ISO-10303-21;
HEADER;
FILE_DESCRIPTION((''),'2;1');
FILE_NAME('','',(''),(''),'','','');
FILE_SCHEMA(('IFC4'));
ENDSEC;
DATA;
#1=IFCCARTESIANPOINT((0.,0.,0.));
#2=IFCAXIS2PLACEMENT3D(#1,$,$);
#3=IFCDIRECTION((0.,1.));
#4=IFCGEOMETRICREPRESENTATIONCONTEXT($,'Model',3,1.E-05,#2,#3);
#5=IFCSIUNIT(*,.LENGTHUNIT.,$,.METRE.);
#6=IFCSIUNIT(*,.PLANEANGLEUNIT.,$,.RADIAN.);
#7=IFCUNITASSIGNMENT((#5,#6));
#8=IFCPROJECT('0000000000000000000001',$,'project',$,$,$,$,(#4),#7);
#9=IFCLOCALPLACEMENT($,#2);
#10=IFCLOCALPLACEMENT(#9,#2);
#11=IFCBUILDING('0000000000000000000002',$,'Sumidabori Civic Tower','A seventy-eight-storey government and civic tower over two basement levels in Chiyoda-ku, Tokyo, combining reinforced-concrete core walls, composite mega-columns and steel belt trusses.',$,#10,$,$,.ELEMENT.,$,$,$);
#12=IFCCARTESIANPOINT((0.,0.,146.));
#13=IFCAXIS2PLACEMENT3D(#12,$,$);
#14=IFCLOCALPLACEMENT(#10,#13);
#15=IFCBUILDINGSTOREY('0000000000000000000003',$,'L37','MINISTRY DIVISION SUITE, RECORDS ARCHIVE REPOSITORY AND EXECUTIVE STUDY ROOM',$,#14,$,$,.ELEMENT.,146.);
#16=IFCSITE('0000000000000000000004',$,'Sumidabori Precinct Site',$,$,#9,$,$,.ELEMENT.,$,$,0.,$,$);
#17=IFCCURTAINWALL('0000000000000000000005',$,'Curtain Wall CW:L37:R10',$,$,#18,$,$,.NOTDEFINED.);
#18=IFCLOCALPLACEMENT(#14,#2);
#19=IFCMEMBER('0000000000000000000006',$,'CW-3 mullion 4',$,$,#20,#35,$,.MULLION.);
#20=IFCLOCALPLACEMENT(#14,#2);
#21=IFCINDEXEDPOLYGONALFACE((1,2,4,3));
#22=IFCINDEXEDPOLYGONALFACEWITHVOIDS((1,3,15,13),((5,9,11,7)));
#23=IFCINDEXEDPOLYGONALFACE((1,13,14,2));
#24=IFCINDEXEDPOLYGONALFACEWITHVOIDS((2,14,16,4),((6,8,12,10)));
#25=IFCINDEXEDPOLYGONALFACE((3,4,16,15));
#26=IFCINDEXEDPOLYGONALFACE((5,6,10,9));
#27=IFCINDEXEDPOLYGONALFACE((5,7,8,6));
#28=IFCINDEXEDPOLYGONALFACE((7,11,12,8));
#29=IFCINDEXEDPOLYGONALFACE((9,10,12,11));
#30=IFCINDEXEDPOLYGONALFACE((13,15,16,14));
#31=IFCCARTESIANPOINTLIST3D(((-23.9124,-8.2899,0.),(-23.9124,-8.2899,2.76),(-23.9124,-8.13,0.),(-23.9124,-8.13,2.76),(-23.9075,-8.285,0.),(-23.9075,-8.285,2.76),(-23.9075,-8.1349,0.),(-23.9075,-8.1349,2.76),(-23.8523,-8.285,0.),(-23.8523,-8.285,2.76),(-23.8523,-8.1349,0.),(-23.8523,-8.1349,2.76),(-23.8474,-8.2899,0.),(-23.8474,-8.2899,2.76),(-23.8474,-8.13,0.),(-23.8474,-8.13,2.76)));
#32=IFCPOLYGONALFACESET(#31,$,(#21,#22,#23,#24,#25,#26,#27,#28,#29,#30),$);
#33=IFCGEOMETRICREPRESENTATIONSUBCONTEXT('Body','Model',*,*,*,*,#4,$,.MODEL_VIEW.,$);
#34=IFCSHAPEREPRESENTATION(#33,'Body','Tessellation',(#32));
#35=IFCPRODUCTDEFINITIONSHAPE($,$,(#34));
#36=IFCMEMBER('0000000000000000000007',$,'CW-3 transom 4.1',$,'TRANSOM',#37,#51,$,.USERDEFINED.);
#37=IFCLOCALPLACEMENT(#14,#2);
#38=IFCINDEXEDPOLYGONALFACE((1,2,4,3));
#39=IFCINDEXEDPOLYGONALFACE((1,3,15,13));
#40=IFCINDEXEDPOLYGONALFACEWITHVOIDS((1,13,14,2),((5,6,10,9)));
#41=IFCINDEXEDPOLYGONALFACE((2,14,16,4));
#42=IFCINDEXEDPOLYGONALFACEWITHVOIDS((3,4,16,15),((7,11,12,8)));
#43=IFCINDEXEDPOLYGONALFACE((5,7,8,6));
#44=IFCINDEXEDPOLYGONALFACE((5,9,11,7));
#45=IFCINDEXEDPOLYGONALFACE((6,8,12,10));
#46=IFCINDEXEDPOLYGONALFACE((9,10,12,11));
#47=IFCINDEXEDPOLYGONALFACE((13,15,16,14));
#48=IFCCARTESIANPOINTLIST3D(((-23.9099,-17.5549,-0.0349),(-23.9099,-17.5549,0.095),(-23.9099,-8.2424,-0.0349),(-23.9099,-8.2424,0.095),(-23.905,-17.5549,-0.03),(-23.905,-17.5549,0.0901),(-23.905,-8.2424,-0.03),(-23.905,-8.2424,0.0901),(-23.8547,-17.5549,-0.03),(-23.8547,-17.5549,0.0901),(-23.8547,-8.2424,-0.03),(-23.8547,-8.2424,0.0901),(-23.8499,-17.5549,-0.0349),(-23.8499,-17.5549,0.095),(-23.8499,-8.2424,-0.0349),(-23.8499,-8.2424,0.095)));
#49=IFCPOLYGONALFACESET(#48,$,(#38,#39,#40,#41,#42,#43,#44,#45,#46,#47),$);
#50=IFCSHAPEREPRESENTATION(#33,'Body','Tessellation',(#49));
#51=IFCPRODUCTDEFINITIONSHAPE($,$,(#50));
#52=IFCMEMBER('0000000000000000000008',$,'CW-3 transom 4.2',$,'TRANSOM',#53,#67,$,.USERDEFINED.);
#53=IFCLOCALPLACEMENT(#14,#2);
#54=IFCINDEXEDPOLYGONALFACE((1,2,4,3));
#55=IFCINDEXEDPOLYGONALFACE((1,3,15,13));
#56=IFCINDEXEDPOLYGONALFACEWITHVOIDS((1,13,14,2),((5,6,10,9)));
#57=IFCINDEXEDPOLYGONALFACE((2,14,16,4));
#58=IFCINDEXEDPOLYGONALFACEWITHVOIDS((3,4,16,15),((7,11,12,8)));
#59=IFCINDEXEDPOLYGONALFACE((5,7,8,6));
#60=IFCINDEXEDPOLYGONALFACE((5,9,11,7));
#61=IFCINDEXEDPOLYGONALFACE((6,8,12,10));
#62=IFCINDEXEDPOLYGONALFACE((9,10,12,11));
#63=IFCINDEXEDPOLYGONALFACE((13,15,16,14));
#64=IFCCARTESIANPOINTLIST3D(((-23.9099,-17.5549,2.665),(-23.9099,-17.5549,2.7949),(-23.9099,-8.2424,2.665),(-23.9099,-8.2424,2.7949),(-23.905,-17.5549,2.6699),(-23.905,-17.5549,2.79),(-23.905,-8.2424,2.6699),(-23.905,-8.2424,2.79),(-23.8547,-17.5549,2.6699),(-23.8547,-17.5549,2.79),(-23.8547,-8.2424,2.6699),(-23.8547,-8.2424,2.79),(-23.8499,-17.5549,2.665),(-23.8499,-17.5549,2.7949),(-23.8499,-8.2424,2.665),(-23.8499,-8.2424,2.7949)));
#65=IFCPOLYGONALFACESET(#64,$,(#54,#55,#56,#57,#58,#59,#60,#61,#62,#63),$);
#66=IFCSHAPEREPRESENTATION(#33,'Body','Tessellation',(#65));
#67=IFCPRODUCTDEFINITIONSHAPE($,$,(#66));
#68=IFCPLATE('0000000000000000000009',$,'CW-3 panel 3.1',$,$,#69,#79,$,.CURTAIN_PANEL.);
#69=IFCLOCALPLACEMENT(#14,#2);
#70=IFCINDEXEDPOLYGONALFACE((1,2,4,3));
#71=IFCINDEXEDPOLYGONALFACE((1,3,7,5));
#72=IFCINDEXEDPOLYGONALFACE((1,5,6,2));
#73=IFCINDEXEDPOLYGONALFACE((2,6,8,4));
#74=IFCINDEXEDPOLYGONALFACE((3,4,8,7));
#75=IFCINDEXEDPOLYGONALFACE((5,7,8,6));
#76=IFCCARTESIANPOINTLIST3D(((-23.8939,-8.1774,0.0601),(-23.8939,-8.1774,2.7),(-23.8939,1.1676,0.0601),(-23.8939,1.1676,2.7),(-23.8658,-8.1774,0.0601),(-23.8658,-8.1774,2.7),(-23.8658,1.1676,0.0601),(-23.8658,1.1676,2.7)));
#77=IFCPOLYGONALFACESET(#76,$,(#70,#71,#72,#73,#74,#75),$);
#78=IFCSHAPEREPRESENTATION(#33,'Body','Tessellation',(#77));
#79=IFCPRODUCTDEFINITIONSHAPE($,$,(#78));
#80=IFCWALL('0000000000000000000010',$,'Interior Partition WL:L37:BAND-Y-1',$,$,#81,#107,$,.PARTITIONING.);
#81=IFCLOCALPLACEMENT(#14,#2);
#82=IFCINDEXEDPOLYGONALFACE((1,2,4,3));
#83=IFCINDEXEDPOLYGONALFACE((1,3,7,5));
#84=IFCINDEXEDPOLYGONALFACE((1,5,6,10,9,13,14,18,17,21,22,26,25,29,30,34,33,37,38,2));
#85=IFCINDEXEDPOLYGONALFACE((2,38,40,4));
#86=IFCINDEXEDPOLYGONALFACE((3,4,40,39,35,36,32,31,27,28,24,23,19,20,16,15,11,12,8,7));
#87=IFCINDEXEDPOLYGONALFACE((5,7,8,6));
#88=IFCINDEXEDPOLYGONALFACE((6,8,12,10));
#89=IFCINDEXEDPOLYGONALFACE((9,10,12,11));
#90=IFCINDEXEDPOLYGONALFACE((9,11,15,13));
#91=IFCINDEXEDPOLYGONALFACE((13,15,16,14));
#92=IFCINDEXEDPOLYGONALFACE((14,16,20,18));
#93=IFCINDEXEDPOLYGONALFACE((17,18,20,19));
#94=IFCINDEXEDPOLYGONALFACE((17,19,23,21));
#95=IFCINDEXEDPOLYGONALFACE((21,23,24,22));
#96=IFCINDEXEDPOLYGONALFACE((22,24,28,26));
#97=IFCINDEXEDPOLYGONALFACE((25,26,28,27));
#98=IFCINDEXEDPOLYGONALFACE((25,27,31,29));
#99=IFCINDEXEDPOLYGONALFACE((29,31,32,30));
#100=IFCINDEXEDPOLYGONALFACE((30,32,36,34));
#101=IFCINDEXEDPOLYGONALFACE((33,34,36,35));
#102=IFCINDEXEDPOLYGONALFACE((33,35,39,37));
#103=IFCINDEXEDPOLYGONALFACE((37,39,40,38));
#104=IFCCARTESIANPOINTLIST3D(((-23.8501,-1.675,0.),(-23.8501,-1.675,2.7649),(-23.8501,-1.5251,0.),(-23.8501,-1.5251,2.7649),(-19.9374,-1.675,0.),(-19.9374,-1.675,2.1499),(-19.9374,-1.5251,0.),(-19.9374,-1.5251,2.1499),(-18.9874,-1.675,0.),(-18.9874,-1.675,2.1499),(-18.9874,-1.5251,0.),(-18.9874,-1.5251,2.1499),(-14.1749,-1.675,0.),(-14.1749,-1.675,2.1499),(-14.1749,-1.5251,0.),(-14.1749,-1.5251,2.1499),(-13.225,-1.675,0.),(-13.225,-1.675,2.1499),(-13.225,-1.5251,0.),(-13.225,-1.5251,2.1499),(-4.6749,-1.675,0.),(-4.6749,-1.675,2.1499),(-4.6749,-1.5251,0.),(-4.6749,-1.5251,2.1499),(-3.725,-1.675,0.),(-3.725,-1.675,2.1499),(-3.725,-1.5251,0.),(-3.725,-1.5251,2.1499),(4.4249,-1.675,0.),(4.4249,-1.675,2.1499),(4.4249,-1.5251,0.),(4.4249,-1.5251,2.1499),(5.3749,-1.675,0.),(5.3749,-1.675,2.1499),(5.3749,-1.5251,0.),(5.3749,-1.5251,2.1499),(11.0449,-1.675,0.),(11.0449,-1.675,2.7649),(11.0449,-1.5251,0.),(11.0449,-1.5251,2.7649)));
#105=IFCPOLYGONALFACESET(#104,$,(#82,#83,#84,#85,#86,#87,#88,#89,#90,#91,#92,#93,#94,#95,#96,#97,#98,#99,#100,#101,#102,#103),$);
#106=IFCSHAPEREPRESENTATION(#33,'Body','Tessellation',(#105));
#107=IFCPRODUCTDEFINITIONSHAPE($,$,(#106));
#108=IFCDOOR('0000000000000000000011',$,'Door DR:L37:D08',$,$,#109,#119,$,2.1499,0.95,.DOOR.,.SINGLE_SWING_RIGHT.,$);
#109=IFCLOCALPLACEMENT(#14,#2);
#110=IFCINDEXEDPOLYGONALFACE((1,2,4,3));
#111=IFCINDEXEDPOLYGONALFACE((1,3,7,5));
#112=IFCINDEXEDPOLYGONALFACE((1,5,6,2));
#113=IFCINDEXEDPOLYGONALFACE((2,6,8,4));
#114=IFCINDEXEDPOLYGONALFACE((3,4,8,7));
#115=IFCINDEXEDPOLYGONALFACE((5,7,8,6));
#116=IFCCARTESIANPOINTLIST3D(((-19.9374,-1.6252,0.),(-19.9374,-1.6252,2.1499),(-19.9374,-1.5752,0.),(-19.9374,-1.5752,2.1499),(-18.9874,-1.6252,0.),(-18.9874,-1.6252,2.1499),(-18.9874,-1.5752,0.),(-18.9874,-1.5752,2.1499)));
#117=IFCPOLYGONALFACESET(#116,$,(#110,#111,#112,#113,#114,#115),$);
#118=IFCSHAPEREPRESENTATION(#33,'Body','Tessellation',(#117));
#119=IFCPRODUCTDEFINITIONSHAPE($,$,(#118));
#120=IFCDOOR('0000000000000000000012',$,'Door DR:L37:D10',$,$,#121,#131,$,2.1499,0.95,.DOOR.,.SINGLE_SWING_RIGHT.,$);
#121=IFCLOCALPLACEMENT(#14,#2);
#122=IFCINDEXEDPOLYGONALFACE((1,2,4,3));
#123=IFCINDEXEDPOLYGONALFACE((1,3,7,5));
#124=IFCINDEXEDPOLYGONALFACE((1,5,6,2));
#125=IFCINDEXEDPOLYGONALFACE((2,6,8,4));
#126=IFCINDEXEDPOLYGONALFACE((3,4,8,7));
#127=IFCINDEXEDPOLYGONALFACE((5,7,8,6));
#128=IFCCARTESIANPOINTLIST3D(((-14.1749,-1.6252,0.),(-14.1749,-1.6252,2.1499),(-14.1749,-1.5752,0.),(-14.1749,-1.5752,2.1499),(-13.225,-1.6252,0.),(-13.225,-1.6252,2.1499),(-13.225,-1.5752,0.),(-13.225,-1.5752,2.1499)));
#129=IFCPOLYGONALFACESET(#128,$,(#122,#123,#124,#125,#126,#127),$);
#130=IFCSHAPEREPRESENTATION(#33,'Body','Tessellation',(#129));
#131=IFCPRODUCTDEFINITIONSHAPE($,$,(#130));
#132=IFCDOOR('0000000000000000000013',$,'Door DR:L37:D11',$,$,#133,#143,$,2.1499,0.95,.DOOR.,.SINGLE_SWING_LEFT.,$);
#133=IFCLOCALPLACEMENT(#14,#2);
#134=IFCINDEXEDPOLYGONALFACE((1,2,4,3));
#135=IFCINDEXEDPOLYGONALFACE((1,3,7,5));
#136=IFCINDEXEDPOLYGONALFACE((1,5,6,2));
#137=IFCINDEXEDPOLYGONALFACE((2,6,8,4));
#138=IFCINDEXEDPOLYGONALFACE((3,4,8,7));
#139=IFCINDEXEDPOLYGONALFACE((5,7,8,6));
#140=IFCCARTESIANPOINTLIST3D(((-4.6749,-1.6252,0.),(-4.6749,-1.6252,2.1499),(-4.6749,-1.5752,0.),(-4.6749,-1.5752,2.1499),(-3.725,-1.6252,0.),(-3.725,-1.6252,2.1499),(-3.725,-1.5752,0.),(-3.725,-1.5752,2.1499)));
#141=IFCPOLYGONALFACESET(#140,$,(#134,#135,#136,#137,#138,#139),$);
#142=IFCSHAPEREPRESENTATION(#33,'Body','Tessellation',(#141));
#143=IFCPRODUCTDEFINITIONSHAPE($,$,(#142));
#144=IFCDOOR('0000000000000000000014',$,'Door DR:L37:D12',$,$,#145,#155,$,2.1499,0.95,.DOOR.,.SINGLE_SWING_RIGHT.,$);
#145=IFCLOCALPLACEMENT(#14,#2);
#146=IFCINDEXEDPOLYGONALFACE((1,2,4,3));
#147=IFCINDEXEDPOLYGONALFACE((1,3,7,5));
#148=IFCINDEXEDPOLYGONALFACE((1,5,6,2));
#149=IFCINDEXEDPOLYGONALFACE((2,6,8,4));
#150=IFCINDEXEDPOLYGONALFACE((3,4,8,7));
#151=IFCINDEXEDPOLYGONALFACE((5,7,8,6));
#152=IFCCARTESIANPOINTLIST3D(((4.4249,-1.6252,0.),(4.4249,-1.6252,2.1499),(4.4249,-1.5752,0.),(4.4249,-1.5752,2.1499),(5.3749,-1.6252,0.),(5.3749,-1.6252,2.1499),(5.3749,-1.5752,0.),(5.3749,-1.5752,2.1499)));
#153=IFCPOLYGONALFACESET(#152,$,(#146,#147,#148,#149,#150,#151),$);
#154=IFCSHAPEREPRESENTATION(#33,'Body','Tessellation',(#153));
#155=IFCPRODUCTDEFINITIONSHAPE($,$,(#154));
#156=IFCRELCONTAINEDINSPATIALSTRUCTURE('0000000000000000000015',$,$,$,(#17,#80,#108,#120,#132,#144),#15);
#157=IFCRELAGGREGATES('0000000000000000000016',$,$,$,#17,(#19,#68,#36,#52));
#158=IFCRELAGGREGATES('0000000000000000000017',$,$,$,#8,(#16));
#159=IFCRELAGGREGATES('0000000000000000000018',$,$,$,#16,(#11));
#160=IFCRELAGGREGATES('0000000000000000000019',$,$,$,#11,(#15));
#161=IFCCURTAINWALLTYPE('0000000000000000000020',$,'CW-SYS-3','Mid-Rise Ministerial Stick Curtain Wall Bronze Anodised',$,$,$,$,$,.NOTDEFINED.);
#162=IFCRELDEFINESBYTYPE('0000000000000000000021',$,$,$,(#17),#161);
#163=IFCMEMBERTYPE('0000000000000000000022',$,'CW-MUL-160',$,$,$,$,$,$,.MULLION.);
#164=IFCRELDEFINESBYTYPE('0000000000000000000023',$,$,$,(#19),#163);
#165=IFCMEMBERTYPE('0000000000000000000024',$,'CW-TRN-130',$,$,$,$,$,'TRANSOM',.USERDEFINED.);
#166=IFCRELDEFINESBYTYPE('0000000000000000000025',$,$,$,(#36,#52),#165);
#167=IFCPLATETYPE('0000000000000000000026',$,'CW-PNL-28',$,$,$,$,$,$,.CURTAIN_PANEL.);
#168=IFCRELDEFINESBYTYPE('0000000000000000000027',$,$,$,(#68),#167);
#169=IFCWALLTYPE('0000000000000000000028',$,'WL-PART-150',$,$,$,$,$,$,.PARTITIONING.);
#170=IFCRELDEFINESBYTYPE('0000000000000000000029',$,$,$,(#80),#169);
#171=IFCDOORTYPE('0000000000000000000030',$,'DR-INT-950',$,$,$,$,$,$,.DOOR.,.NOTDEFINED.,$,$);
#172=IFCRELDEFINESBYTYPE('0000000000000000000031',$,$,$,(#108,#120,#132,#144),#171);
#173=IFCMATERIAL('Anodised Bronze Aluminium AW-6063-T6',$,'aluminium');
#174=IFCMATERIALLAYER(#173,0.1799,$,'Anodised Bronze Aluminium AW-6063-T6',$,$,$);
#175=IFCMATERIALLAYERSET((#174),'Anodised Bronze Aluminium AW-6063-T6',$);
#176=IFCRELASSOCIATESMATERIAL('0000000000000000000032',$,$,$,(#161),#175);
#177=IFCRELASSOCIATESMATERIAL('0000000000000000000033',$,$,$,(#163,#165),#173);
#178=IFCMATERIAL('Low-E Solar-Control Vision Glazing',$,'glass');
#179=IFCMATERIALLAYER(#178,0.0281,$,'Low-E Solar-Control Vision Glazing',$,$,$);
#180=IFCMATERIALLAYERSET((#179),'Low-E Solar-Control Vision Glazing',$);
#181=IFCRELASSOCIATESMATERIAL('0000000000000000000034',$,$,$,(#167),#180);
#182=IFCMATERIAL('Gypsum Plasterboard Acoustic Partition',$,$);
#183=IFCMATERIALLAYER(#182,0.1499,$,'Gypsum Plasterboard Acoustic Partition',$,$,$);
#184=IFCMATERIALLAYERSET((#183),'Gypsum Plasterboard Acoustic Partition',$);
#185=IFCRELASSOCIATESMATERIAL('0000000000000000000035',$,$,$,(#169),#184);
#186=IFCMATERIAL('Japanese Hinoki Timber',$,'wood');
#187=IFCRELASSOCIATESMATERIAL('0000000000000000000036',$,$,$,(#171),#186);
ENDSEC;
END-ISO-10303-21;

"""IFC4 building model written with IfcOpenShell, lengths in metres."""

from ifc_helpers import new_model, si_unit, direction, frame, frame_2d, origin, origin_2d, place, context, subcontext, project, spatial, rectangle, hollow_rectangle, extrude, source, transform, mapped, material, layer, layer_set, material_profile, profile_set, type_object, element, fill, aggregate, save


model = new_model("IFC4")

# Units and contexts
model_context = context("Model", 3, precision=1e-05, world=origin(), true_north=direction((0.0, 1.0)))
body_context = subcontext(model_context, "Body", "Model", "MODEL_VIEW")
ifc_project = project(units=[si_unit("LENGTHUNIT", "METRE"), si_unit("PLANEANGLEUNIT", "RADIAN")], contexts=[model_context])

# Site, building, storey
site_placement = place(None, origin())
site = spatial("IfcSite", under=ifc_project, at=site_placement, Name="Sumidabori Precinct Site", CompositionType="ELEMENT", RefElevation=0.0)
building_placement = place(site_placement, origin())
building = spatial("IfcBuilding", under=site, at=building_placement, Name="Sumidabori Civic Tower", Description="A seventy-eight-storey government and civic tower over two basement levels in Chiyoda-ku, Tokyo, combining reinforced-concrete core walls, composite mega-columns and steel belt trusses.", CompositionType="ELEMENT")
storey_placement = place(building_placement, frame((0.0, 0.0, 146.0)))
storey = spatial("IfcBuildingStorey", under=building, at=storey_placement, Name="L37", Description="MINISTRY DIVISION SUITE, RECORDS ARCHIVE REPOSITORY AND EXECUTIVE STUDY ROOM", CompositionType="ELEMENT", Elevation=146.0)

# Curtain wall, members, plate
ifc_material_1 = material(Name="Anodised Bronze Aluminium AW-6063-T6", Category="aluminium")
ifc_layer_1 = layer(ifc_material_1, 0.1799, Name="Anodised Bronze Aluminium AW-6063-T6")
ifc_layer_set_1 = layer_set([ifc_layer_1], Name="Anodised Bronze Aluminium AW-6063-T6")
curtain_wall_type = type_object("IfcCurtainWallType", Name="CW-SYS-3", Description="Mid-Rise Ministerial Stick Curtain Wall Bronze Anodised", PredefinedType="NOTDEFINED", material=ifc_layer_set_1)
curtain_wall_placement = place(storey_placement, origin())
curtain_wall = element("IfcCurtainWall", 1, at=curtain_wall_placement, inside=storey, type_object=curtain_wall_type, Name="Curtain Wall CW:L37:R10", PredefinedType="NOTDEFINED")
ifc_material_profile_1 = material_profile(ifc_material_1, hollow_rectangle(XDim=0.0649, YDim=0.1599, WallThickness=0.0049, at=origin_2d()), Name="ALU MULLION 160x65")
ifc_profile_set_1 = profile_set([ifc_material_profile_1], Name="Anodised Bronze Aluminium AW-6063-T6")
member_type_1 = type_object("IfcMemberType", Name="CW-MUL-160", PredefinedType="MULLION", material=ifc_profile_set_1)
shared_shape_1 = source(origin(), body_context, "Body", "SweptSolid", [
    extrude(hollow_rectangle(XDim=0.0649, YDim=0.1599, WallThickness=0.0049, at=origin_2d()), origin(), (0.0, 0.0, 1.0), 2.76),
])
member_1_placement = place(storey_placement, frame((-23.8799, -8.21, 0.0), z_axis=(0.0, 0.0, 1.0), x_axis=(1.0, 0.0, 0.0)))
member_1 = element("IfcMember", 2, at=member_1_placement, type_object=member_type_1, Name="CW-3 mullion 4", PredefinedType="MULLION", context=body_context, shape_type="MappedRepresentation", body=[
    mapped(shared_shape_1, transform((0.0, 0.0, 0.0), x_axis=(1.0, 0.0, 0.0), y_axis=(0.0, 1.0, 0.0), z_axis=(0.0, 0.0, 1.0), scale=1.0)),
])
ifc_material_profile_2 = material_profile(ifc_material_1, hollow_rectangle(XDim=0.0601, YDim=0.1299, WallThickness=0.0049, at=origin_2d()), Name="ALU TRANSOM 130x60")
ifc_profile_set_2 = profile_set([ifc_material_profile_2], Name="Anodised Bronze Aluminium AW-6063-T6")
member_type_2 = type_object("IfcMemberType", Name="CW-TRN-130", ElementType="TRANSOM", PredefinedType="USERDEFINED", material=ifc_profile_set_2)
shared_shape_2 = source(origin(), body_context, "Body", "SweptSolid", [
    extrude(hollow_rectangle(XDim=0.0601, YDim=0.1299, WallThickness=0.0049, at=origin_2d()), origin(), (0.0, 0.0, 1.0), 9.3125),
])
member_2_placement = place(storey_placement, frame((-23.8799, -8.2424, 0.03), z_axis=(0.0, -1.0, 0.0), x_axis=(1.0, 0.0, 0.0)))
member_2 = element("IfcMember", 3, at=member_2_placement, type_object=member_type_2, Name="CW-3 transom 4.1", ObjectType="TRANSOM", PredefinedType="USERDEFINED", context=body_context, shape_type="MappedRepresentation", body=[
    mapped(shared_shape_2, transform((0.0, 0.0, 0.0), x_axis=(1.0, 0.0, 0.0), y_axis=(0.0, 1.0, 0.0), z_axis=(0.0, 0.0, 1.0), scale=1.0)),
])
member_3_placement = place(storey_placement, frame((-23.8799, -8.2424, 2.73), z_axis=(0.0, -1.0, 0.0), x_axis=(1.0, 0.0, 0.0)))
member_3 = element("IfcMember", 4, at=member_3_placement, type_object=member_type_2, Name="CW-3 transom 4.2", ObjectType="TRANSOM", PredefinedType="USERDEFINED", context=body_context, shape_type="MappedRepresentation", body=[
    mapped(shared_shape_2, transform((0.0, 0.0, 0.0), x_axis=(1.0, 0.0, 0.0), y_axis=(0.0, 1.0, 0.0), z_axis=(0.0, 0.0, 1.0), scale=1.0)),
])
ifc_material_2 = material(Name="Low-E Solar-Control Vision Glazing", Category="glass")
ifc_layer_2 = layer(ifc_material_2, 0.0281, Name="Low-E Solar-Control Vision Glazing")
ifc_layer_set_2 = layer_set([ifc_layer_2], Name="Low-E Solar-Control Vision Glazing")
plate_type = type_object("IfcPlateType", Name="CW-PNL-28", PredefinedType="CURTAIN_PANEL", material=ifc_layer_set_2)
shared_shape_3 = source(origin(), body_context, "Body", "SweptSolid", [
    extrude(rectangle(XDim=9.345, YDim=0.0281, at=origin_2d()), origin(), (0.0, 0.0, 1.0), 2.6399),
])
plate_placement = place(storey_placement, frame((-23.8799, -3.5049, 0.0601), z_axis=(0.0, 0.0, 1.0), x_axis=(0.0, -1.0, 0.0)))
plate = element("IfcPlate", 5, at=plate_placement, type_object=plate_type, Name="CW-3 panel 3.1", PredefinedType="CURTAIN_PANEL", context=body_context, shape_type="MappedRepresentation", body=[
    mapped(shared_shape_3, transform((0.0, 0.0, 0.0), x_axis=(1.0, 0.0, 0.0), y_axis=(0.0, 1.0, 0.0), z_axis=(0.0, 0.0, 1.0), scale=1.0)),
])
aggregate(curtain_wall, [member_1, plate, member_2, member_3])

# Wall, openings, doors
ifc_material_3 = material(Name="Gypsum Plasterboard Acoustic Partition")
ifc_layer_3 = layer(ifc_material_3, 0.1499, Name="Gypsum Plasterboard Acoustic Partition")
ifc_layer_set_3 = layer_set([ifc_layer_3], Name="Gypsum Plasterboard Acoustic Partition")
wall_type = type_object("IfcWallType", Name="WL-PART-150", PredefinedType="PARTITIONING", material=ifc_layer_set_3)
shared_shape_4 = source(origin(), body_context, "Body", "SweptSolid", [
    extrude(rectangle(XDim=34.895, YDim=0.1499, at=frame_2d((17.4475, 0.0))), origin(), (0.0, 0.0, 1.0), 2.7649),
])
wall_1_placement = place(storey_placement, frame((-23.8501, -1.6001, 0.0), z_axis=(0.0, 0.0, 1.0), x_axis=(1.0, 0.0, 0.0)))
wall_1 = element("IfcWall", 6, at=wall_1_placement, inside=storey, type_object=wall_type, Name="Interior Partition WL:L37:BAND-Y-1", PredefinedType="PARTITIONING", context=body_context, shape_type="MappedRepresentation", body=[
    mapped(shared_shape_4, transform((0.0, 0.0, 0.0), x_axis=(1.0, 0.0, 0.0), y_axis=(0.0, 1.0, 0.0), z_axis=(0.0, 0.0, 1.0), scale=1.0)),
])
opening_1_placement = place(wall_1_placement, frame((3.9126, 0.0, 0.0)))
opening_1 = element("IfcOpeningElement", 7, at=opening_1_placement, cuts=wall_1, PredefinedType="OPENING", context=body_context, shape_type="SweptSolid", body=[
    extrude(rectangle(XDim=0.95, YDim=2.1499, at=frame_2d((0.4751, 1.075))), frame((0.0, 0.0869, 0.0), z_axis=(0.0, -1.0, 0.0), x_axis=(1.0, 0.0, 0.0)), (0.0, 0.0, 1.0), 0.1738),
])
opening_2_placement = place(wall_1_placement, frame((9.675, 0.0, 0.0)))
opening_2 = element("IfcOpeningElement", 8, at=opening_2_placement, cuts=wall_1, PredefinedType="OPENING", context=body_context, shape_type="SweptSolid", body=[
    extrude(rectangle(XDim=0.95, YDim=2.1499, at=frame_2d((0.4751, 1.075))), frame((0.0, 0.0869, 0.0), z_axis=(0.0, -1.0, 0.0), x_axis=(1.0, 0.0, 0.0)), (0.0, 0.0, 1.0), 0.1738),
])
opening_3_placement = place(wall_1_placement, frame((19.175, 0.0, 0.0)))
opening_3 = element("IfcOpeningElement", 9, at=opening_3_placement, cuts=wall_1, PredefinedType="OPENING", context=body_context, shape_type="SweptSolid", body=[
    extrude(rectangle(XDim=0.95, YDim=2.1499, at=frame_2d((0.4751, 1.075))), frame((0.0, 0.0869, 0.0), z_axis=(0.0, -1.0, 0.0), x_axis=(1.0, 0.0, 0.0)), (0.0, 0.0, 1.0), 0.1738),
])
opening_4_placement = place(wall_1_placement, frame((28.2749, 0.0, 0.0)))
opening_4 = element("IfcOpeningElement", 10, at=opening_4_placement, cuts=wall_1, PredefinedType="OPENING", context=body_context, shape_type="SweptSolid", body=[
    extrude(rectangle(XDim=0.95, YDim=2.1499, at=frame_2d((0.4751, 1.075))), frame((0.0, 0.0869, 0.0), z_axis=(0.0, -1.0, 0.0), x_axis=(1.0, 0.0, 0.0)), (0.0, 0.0, 1.0), 0.1738),
])
ifc_material_4 = material(Name="Japanese Hinoki Timber", Category="wood")
door_type = type_object("IfcDoorType", Name="DR-INT-950", OperationType="NOTDEFINED", PredefinedType="DOOR", material=ifc_material_4)
shared_shape_5 = source(origin(), body_context, "Body", "SweptSolid", [
    extrude(rectangle(XDim=0.95, YDim=2.1499, at=frame_2d((0.4751, 1.075))), frame((0.0, 0.0249, 0.0), z_axis=(0.0, -1.0, 0.0), x_axis=(1.0, 0.0, 0.0)), (0.0, 0.0, 1.0), 0.05),
])
door_1_placement = place(opening_1_placement, origin())
door_1 = element("IfcDoor", 11, at=door_1_placement, inside=storey, type_object=door_type, Name="Door DR:L37:D08", OperationType="SINGLE_SWING_RIGHT", OverallHeight=2.1499, OverallWidth=0.95, PredefinedType="DOOR", context=body_context, shape_type="MappedRepresentation", body=[
    mapped(shared_shape_5, transform((0.0, 0.0, 0.0), x_axis=(1.0, 0.0, 0.0), y_axis=(0.0, 1.0, 0.0), z_axis=(0.0, 0.0, 1.0), scale=1.0)),
])
fill(opening_1, door_1)
door_2_placement = place(opening_2_placement, origin())
door_2 = element("IfcDoor", 12, at=door_2_placement, inside=storey, type_object=door_type, Name="Door DR:L37:D10", OperationType="SINGLE_SWING_RIGHT", OverallHeight=2.1499, OverallWidth=0.95, PredefinedType="DOOR", context=body_context, shape_type="MappedRepresentation", body=[
    mapped(shared_shape_5, transform((0.0, 0.0, 0.0), x_axis=(1.0, 0.0, 0.0), y_axis=(0.0, 1.0, 0.0), z_axis=(0.0, 0.0, 1.0), scale=1.0)),
])
fill(opening_2, door_2)
door_3_placement = place(opening_3_placement, origin())
door_3 = element("IfcDoor", 13, at=door_3_placement, inside=storey, type_object=door_type, Name="Door DR:L37:D11", OperationType="SINGLE_SWING_LEFT", OverallHeight=2.1499, OverallWidth=0.95, PredefinedType="DOOR", context=body_context, shape_type="MappedRepresentation", body=[
    mapped(shared_shape_5, transform((0.0, 0.0, 0.0), x_axis=(1.0, 0.0, 0.0), y_axis=(0.0, 1.0, 0.0), z_axis=(0.0, 0.0, 1.0), scale=1.0)),
])
fill(opening_3, door_3)
door_4_placement = place(opening_4_placement, origin())
door_4 = element("IfcDoor", 14, at=door_4_placement, inside=storey, type_object=door_type, Name="Door DR:L37:D12", OperationType="SINGLE_SWING_RIGHT", OverallHeight=2.1499, OverallWidth=0.95, PredefinedType="DOOR", context=body_context, shape_type="MappedRepresentation", body=[
    mapped(shared_shape_5, transform((0.0, 0.0, 0.0), x_axis=(1.0, 0.0, 0.0), y_axis=(0.0, 1.0, 0.0), z_axis=(0.0, 0.0, 1.0), scale=1.0)),
])
fill(opening_4, door_4)

save(model, "model.ifc")
